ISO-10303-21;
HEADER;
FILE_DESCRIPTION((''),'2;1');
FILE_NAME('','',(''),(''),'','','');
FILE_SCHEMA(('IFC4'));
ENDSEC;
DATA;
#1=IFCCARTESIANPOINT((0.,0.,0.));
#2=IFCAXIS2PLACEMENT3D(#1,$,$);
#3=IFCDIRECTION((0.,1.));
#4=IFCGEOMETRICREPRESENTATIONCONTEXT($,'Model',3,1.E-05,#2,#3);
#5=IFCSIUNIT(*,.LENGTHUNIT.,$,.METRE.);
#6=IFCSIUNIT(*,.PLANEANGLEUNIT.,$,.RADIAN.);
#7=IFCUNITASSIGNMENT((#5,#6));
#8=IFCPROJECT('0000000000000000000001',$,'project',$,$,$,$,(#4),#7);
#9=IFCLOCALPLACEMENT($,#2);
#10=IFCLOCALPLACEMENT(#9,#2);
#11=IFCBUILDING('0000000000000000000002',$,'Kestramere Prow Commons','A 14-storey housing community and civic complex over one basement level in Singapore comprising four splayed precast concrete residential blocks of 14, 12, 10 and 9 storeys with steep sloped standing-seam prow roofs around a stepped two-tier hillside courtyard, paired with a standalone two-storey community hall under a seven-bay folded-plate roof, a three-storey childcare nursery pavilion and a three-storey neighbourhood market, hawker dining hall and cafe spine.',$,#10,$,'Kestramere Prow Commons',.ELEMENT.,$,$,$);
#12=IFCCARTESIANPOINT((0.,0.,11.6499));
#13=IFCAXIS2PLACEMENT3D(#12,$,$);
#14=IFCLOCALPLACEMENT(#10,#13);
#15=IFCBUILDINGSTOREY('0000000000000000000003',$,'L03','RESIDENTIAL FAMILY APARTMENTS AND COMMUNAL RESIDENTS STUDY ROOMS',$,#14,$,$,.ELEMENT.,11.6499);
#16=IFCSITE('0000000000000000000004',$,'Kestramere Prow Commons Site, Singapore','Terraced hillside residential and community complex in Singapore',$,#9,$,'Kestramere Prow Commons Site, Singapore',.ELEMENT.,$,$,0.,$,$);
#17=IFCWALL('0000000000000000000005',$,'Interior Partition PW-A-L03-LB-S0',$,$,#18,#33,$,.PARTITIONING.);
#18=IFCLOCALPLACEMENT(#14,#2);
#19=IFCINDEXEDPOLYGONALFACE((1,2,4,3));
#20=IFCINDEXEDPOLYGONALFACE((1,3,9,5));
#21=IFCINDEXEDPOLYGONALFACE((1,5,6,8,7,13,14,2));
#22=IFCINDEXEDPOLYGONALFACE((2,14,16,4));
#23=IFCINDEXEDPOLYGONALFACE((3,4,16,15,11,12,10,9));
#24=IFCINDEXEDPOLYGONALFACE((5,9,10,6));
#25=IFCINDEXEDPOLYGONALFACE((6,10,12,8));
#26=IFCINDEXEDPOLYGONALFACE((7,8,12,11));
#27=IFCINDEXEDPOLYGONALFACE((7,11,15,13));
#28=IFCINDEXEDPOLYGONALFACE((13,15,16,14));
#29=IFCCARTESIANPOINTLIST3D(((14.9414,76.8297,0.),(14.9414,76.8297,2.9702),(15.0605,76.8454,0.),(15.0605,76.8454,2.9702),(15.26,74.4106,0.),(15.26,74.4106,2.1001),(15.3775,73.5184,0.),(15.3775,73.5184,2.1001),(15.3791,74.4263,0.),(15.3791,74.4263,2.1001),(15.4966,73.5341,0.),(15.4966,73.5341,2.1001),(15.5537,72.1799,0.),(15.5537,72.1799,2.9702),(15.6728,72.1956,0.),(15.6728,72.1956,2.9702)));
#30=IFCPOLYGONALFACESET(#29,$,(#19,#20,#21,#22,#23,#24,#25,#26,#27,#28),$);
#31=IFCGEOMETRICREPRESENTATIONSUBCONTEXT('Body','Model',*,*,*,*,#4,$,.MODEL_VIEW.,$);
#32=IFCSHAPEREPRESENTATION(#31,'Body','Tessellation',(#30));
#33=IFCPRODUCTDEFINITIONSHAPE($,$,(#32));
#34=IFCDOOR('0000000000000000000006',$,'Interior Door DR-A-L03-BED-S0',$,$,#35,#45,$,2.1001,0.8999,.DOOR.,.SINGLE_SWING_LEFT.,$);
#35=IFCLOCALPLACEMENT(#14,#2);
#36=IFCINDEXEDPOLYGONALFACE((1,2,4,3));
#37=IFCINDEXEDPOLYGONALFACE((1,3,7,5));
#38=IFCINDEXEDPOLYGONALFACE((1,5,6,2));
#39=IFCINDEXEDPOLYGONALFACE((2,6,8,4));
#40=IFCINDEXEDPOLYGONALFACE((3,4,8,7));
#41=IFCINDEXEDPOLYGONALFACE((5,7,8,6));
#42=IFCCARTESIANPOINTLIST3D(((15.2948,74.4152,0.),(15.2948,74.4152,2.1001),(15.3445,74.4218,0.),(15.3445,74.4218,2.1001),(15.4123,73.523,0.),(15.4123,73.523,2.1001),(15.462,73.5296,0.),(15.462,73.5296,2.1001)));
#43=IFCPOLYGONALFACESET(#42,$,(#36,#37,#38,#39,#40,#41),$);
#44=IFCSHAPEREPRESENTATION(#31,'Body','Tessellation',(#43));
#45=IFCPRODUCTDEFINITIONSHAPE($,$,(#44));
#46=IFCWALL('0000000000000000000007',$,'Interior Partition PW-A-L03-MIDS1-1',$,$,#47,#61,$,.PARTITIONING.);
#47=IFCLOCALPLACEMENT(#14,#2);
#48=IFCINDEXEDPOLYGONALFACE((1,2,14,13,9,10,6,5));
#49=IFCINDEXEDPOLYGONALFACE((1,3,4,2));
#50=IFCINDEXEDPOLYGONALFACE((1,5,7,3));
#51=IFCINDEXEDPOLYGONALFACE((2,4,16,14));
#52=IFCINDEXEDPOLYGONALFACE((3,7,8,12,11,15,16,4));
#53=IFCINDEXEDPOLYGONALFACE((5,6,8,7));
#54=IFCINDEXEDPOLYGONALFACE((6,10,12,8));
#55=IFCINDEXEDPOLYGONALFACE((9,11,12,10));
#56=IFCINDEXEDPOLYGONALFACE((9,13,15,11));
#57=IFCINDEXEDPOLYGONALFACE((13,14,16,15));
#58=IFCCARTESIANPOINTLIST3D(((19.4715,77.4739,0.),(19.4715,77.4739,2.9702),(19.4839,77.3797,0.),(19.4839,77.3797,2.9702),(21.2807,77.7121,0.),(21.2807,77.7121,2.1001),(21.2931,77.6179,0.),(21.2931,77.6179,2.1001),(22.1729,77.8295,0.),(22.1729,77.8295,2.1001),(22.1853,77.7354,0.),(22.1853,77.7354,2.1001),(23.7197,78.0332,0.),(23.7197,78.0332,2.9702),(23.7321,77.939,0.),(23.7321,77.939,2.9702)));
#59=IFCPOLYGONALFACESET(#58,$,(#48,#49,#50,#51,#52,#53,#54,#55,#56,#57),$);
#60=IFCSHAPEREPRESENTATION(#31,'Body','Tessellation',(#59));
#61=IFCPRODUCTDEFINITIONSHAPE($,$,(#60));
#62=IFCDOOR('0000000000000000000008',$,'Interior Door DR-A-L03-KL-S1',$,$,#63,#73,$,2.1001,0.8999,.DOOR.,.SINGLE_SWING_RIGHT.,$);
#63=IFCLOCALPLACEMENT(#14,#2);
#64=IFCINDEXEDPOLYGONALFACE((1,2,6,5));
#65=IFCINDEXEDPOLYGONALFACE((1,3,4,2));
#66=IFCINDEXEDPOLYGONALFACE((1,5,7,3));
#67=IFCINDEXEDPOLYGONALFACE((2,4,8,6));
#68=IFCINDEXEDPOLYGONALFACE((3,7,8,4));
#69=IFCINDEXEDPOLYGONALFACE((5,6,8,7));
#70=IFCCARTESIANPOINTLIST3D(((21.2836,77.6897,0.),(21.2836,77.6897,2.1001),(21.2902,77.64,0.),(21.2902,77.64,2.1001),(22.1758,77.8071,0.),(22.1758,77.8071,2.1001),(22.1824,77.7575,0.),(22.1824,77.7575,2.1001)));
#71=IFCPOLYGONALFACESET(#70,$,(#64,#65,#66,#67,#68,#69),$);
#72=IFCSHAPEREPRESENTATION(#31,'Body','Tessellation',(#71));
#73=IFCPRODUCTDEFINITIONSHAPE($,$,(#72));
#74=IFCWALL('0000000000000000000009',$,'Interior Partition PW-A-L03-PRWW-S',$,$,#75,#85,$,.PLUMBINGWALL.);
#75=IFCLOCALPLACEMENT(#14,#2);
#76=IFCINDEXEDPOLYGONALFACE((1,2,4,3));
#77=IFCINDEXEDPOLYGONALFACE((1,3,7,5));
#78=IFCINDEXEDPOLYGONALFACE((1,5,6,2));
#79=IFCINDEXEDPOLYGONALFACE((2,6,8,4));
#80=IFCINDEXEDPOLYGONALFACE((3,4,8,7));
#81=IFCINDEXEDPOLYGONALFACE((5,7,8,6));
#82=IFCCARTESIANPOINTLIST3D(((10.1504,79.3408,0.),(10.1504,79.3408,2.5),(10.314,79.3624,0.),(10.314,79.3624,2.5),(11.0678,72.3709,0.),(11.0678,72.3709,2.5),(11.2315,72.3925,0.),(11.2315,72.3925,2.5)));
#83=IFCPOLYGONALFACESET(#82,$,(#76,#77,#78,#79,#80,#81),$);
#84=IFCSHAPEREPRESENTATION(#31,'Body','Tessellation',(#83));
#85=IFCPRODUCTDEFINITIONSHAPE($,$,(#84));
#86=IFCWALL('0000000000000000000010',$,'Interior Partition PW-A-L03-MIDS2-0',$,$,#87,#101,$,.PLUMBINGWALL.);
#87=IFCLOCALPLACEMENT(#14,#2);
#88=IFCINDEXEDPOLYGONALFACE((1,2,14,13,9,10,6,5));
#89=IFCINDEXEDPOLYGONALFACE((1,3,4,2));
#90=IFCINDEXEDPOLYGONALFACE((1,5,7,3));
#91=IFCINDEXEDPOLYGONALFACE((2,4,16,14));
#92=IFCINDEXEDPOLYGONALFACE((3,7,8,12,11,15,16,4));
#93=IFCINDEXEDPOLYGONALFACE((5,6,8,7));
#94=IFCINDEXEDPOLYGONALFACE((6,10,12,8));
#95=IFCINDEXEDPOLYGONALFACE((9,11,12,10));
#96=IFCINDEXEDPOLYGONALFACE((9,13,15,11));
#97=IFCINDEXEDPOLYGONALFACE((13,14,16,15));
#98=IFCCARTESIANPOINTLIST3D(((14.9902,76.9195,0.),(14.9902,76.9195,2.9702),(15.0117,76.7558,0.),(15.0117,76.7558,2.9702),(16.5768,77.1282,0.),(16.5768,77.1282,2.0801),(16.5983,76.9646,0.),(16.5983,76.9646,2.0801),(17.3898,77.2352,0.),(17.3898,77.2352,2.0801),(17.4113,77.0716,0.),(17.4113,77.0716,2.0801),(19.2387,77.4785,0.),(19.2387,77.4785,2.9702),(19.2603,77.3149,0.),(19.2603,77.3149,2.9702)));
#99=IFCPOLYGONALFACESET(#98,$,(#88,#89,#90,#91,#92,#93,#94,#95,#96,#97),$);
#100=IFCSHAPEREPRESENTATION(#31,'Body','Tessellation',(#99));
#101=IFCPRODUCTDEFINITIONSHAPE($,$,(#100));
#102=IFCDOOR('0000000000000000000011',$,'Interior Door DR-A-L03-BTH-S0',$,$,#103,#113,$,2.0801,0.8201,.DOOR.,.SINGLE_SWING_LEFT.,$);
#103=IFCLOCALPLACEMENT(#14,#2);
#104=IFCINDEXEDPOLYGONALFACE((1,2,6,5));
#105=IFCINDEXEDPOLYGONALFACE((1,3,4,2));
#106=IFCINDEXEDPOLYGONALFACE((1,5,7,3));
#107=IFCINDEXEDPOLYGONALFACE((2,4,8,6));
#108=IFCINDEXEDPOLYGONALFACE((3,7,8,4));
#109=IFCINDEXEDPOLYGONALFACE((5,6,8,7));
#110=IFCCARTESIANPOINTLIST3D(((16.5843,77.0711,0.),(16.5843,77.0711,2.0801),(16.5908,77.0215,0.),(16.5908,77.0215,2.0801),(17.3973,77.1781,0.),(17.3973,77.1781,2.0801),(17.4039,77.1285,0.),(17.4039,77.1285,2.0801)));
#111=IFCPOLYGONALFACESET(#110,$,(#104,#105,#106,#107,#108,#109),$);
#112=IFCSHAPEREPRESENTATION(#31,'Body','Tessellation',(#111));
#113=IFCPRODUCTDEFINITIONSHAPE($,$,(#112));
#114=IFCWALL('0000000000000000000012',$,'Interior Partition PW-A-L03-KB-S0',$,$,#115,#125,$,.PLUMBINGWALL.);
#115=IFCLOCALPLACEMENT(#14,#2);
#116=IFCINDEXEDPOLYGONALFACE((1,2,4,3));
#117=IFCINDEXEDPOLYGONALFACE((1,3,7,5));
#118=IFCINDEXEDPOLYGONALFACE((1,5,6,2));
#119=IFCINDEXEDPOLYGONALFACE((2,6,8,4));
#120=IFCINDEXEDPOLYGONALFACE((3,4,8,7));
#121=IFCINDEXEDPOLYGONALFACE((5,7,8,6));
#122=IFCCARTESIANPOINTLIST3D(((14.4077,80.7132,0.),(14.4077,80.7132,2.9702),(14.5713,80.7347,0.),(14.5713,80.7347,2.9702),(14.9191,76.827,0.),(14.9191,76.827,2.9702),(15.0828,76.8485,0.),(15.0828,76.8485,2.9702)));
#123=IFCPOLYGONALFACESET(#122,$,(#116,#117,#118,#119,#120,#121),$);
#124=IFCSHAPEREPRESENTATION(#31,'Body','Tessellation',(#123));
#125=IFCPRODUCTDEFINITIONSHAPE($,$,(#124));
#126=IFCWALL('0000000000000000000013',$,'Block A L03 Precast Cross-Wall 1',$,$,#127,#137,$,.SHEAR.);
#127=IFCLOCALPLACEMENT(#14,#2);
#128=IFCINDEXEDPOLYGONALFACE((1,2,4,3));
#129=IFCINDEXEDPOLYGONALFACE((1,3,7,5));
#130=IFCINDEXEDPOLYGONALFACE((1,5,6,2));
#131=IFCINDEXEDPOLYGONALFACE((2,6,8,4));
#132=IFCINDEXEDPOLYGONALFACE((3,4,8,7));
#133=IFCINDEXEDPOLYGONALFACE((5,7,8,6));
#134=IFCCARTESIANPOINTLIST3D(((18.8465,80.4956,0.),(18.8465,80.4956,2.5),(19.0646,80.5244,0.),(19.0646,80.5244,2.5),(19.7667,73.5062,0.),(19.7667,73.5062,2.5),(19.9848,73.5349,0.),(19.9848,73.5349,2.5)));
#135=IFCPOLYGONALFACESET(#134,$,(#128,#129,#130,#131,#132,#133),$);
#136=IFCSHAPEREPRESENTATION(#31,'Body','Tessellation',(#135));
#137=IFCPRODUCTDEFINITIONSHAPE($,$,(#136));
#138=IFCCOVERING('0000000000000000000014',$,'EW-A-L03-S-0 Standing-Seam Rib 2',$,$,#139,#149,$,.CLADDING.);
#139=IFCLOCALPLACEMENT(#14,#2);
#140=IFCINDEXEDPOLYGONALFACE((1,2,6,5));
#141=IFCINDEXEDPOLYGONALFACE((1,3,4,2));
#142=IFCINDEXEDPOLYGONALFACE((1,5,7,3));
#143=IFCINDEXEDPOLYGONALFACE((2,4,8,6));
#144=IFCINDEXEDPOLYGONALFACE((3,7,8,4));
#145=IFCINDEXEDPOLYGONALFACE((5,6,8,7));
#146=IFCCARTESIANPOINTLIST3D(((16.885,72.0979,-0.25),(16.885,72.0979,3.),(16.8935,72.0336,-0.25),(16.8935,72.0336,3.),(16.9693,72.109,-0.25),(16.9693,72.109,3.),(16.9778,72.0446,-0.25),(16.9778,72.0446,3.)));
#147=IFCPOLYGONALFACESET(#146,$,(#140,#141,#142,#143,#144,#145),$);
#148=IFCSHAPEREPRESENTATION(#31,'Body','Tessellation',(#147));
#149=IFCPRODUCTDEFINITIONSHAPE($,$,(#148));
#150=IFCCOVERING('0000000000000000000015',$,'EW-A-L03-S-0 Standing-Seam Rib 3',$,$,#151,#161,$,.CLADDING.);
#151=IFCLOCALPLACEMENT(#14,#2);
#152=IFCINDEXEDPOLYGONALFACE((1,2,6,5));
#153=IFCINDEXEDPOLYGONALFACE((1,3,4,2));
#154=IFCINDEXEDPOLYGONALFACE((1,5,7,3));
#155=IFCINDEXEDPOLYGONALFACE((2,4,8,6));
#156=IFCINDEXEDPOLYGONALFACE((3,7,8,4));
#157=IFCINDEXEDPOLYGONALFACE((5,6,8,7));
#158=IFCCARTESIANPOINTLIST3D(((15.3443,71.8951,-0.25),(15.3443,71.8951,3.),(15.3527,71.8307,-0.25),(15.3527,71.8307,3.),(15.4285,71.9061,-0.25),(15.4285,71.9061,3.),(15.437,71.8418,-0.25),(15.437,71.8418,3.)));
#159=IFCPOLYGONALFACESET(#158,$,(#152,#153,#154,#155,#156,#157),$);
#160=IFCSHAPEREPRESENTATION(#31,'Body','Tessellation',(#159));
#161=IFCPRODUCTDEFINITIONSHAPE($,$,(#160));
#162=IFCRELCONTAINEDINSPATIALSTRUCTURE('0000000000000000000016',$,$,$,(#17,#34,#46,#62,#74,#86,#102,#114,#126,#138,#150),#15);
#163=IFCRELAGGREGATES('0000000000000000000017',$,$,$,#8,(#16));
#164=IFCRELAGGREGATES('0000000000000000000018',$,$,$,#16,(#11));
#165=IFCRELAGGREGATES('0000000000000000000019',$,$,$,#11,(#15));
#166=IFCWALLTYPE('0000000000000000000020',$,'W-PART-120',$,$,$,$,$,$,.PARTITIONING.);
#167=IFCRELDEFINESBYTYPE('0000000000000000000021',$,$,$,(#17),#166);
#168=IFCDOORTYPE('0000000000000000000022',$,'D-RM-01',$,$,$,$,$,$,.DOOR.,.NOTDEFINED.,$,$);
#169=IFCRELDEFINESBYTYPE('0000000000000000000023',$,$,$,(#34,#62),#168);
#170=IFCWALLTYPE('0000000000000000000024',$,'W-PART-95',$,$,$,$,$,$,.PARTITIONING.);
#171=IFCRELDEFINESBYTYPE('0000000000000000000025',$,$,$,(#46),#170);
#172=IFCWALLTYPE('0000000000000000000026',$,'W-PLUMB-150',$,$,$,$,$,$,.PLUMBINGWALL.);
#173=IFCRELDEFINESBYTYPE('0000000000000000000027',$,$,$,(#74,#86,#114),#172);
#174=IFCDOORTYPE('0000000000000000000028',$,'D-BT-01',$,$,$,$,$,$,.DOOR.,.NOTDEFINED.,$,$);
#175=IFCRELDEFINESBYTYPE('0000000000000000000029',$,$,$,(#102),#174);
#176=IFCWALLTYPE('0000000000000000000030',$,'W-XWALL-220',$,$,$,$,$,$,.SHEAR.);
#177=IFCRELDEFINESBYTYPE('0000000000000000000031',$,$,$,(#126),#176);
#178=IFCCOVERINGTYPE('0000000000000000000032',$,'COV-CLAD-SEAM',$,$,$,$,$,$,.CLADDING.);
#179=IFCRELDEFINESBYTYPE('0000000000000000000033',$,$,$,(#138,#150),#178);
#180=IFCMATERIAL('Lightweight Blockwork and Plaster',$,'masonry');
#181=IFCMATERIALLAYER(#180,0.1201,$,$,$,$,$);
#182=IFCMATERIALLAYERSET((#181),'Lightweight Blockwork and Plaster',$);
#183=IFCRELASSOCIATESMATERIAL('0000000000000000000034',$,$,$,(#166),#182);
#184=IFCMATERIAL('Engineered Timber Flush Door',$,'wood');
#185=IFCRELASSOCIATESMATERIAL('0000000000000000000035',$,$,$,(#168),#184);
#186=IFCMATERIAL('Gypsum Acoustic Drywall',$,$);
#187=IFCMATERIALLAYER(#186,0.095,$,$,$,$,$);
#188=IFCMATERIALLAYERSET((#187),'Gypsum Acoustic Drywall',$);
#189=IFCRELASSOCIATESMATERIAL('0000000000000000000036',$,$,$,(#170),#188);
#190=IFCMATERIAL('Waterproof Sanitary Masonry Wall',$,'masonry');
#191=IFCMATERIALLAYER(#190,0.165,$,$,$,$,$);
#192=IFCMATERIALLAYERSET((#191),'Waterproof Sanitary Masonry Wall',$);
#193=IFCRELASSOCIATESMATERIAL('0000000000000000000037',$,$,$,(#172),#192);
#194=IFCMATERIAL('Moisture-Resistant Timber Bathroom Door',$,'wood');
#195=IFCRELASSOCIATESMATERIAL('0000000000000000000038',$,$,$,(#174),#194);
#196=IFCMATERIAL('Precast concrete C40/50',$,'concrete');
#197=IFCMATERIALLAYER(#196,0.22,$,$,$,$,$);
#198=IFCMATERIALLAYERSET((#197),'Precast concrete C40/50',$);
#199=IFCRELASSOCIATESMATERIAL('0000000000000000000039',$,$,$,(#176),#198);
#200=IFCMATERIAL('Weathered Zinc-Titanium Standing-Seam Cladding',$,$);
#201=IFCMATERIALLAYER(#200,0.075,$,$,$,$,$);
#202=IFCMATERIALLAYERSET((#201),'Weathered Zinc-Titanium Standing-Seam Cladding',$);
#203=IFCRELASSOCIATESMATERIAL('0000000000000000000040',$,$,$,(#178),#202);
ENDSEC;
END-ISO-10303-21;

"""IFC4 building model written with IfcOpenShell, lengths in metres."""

from ifc_helpers import new_model, si_unit, direction, frame, frame_2d, origin, origin_2d, place, context, subcontext, project, spatial, rectangle, extrude, material, layer, layer_set, type_object, element, fill, save


model = new_model("IFC4")

# Units and contexts
model_context = context("Model", 3, precision=1e-05, world=origin(), true_north=direction((0.0, 1.0)))
body_context = subcontext(model_context, "Body", "Model", "MODEL_VIEW")
ifc_project = project(units=[si_unit("LENGTHUNIT", "METRE"), si_unit("PLANEANGLEUNIT", "RADIAN")], contexts=[model_context])

# Site, building, storey
site_placement = place(None, origin())
site = spatial("IfcSite", under=ifc_project, at=site_placement, Name="Kestramere Prow Commons Site, Singapore", Description="Terraced hillside residential and community complex in Singapore", LongName="Kestramere Prow Commons Site, Singapore", CompositionType="ELEMENT", RefElevation=0.0)
building_placement = place(site_placement, origin())
building = spatial("IfcBuilding", under=site, at=building_placement, Name="Kestramere Prow Commons", Description="A 14-storey housing community and civic complex over one basement level in Singapore comprising four splayed precast concrete residential blocks of 14, 12, 10 and 9 storeys with steep sloped standing-seam prow roofs around a stepped two-tier hillside courtyard, paired with a standalone two-storey community hall under a seven-bay folded-plate roof, a three-storey childcare nursery pavilion and a three-storey neighbourhood market, hawker dining hall and cafe spine.", LongName="Kestramere Prow Commons", CompositionType="ELEMENT")
storey_placement = place(building_placement, frame((0.0, 0.0, 11.6499)))
storey = spatial("IfcBuildingStorey", under=building, at=storey_placement, Name="L03", Description="RESIDENTIAL FAMILY APARTMENTS AND COMMUNAL RESIDENTS STUDY ROOMS", CompositionType="ELEMENT", Elevation=11.6499)

# Shared definitions
ifc_material_1 = material(Name="Precast concrete C40/50", Category="concrete")

# Walls, openings, doors
ifc_material_2 = material(Name="Lightweight Blockwork and Plaster", Category="masonry")
ifc_layer_1 = layer(ifc_material_2, 0.1201)
ifc_layer_set_1 = layer_set([ifc_layer_1], Name="Lightweight Blockwork and Plaster")
wall_type_1 = type_object("IfcWallType", Name="W-PART-120", PredefinedType="PARTITIONING", material=ifc_layer_set_1)
wall_1_placement = place(storey_placement, frame((15.6133, 72.1877, 0.0), z_axis=(0.0, 0.0, 1.0), x_axis=(-0.130554, 0.991441, 0.0)))
wall_1 = element("IfcWall", 1, at=wall_1_placement, inside=storey, type_object=wall_type_1, Name="Interior Partition PW-A-L03-LB-S0", PredefinedType="PARTITIONING", context=body_context, shape_type="SweptSolid", body=[
    extrude(rectangle(XDim=4.6899, YDim=0.1201, at=frame_2d((2.345, 0.0))), origin(), (0.0, 0.0, 1.0), 2.9702),
])
opening_1_placement = place(wall_1_placement, frame((1.3501, 0.0, 0.0)))
opening_1 = element("IfcOpeningElement", 2, at=opening_1_placement, cuts=wall_1, PredefinedType="OPENING", context=body_context, shape_type="SweptSolid", body=[
    extrude(rectangle(XDim=0.8999, YDim=2.1001, at=frame_2d((0.45, 1.05))), frame((0.0, 0.075, 0.0), z_axis=(0.0, -1.0, 0.0), x_axis=(1.0, 0.0, 0.0)), (0.0, 0.0, 1.0), 0.1501),
])
ifc_material_3 = material(Name="Engineered Timber Flush Door", Category="wood")
door_type_1 = type_object("IfcDoorType", Name="D-RM-01", OperationType="NOTDEFINED", PredefinedType="DOOR", material=ifc_material_3)
door_1_placement = place(opening_1_placement, origin())
door_1 = element("IfcDoor", 3, at=door_1_placement, inside=storey, type_object=door_type_1, Name="Interior Door DR-A-L03-BED-S0", OperationType="SINGLE_SWING_LEFT", OverallHeight=2.1001, OverallWidth=0.8999, PredefinedType="DOOR", context=body_context, shape_type="SweptSolid", body=[
    extrude(rectangle(XDim=0.8999, YDim=2.1001, at=frame_2d((0.45, 1.05))), frame((0.0, 0.0249, 0.0), z_axis=(0.0, -1.0, 0.0), x_axis=(1.0, 0.0, 0.0)), (0.0, 0.0, 1.0), 0.05),
])
fill(opening_1, door_1)
ifc_material_4 = material(Name="Gypsum Acoustic Drywall")
ifc_layer_2 = layer(ifc_material_4, 0.095)
ifc_layer_set_2 = layer_set([ifc_layer_2], Name="Gypsum Acoustic Drywall")
wall_type_2 = type_object("IfcWallType", Name="W-PART-95", PredefinedType="PARTITIONING", material=ifc_layer_set_2)
wall_2_placement = place(storey_placement, frame((19.4775, 77.4268, 0.0), z_axis=(0.0, 0.0, 1.0), x_axis=(0.991444, 0.130533, 0.0)))
wall_2 = element("IfcWall", 4, at=wall_2_placement, inside=storey, type_object=wall_type_2, Name="Interior Partition PW-A-L03-MIDS1-1", PredefinedType="PARTITIONING", context=body_context, shape_type="SweptSolid", body=[
    extrude(rectangle(XDim=4.2849, YDim=0.095, at=frame_2d((2.1426, 0.0))), origin(), (0.0, 0.0, 1.0), 2.9702),
])
opening_2_placement = place(wall_2_placement, frame((1.825, 0.0, 0.0)))
opening_2 = element("IfcOpeningElement", 5, at=opening_2_placement, cuts=wall_2, PredefinedType="OPENING", context=body_context, shape_type="SweptSolid", body=[
    extrude(rectangle(XDim=0.8999, YDim=2.1001, at=frame_2d((0.45, 1.05))), frame((0.0, 0.0625, 0.0), z_axis=(0.0, -1.0, 0.0), x_axis=(1.0, 0.0, 0.0)), (0.0, 0.0, 1.0), 0.125),
])
door_2_placement = place(opening_2_placement, origin())
door_2 = element("IfcDoor", 6, at=door_2_placement, inside=storey, type_object=door_type_1, Name="Interior Door DR-A-L03-KL-S1", OperationType="SINGLE_SWING_RIGHT", OverallHeight=2.1001, OverallWidth=0.8999, PredefinedType="DOOR", context=body_context, shape_type="SweptSolid", body=[
    extrude(rectangle(XDim=0.8999, YDim=2.1001, at=frame_2d((0.45, 1.05))), frame((0.0, 0.0249, 0.0), z_axis=(0.0, -1.0, 0.0), x_axis=(1.0, 0.0, 0.0)), (0.0, 0.0, 1.0), 0.05),
])
fill(opening_2, door_2)

# Wall
ifc_material_5 = material(Name="Waterproof Sanitary Masonry Wall", Category="masonry")
ifc_layer_3 = layer(ifc_material_5, 0.165)
ifc_layer_set_3 = layer_set([ifc_layer_3], Name="Waterproof Sanitary Masonry Wall")
wall_type_3 = type_object("IfcWallType", Name="W-PLUMB-150", PredefinedType="PLUMBINGWALL", material=ifc_layer_set_3)
wall_3_placement = place(storey_placement, frame((11.1497, 72.3816, 0.0), z_axis=(0.0, 0.0, 1.0), x_axis=(-0.130508, 0.991447, 0.0)))
element("IfcWall", 7, at=wall_3_placement, inside=storey, type_object=wall_type_3, Name="Interior Partition PW-A-L03-PRWW-S", PredefinedType="PLUMBINGWALL", context=body_context, shape_type="SweptSolid", body=[
    extrude(rectangle(XDim=7.03, YDim=0.165, at=frame_2d((3.5151, 0.0))), origin(), (0.0, 0.0, 1.0), 2.5),
])

# Wall, opening, door
wall_4_placement = place(storey_placement, frame((15.001, 76.8376, 0.0), z_axis=(0.0, 0.0, 1.0), x_axis=(0.991452, 0.130469, 0.0)))
wall_4 = element("IfcWall", 8, at=wall_4_placement, inside=storey, type_object=wall_type_3, Name="Interior Partition PW-A-L03-MIDS2-0", PredefinedType="PLUMBINGWALL", context=body_context, shape_type="SweptSolid", body=[
    extrude(rectangle(XDim=4.2852, YDim=0.165, at=frame_2d((2.1426, 0.0))), origin(), (0.0, 0.0, 1.0), 2.9702),
])
opening_3_placement = place(wall_4_placement, frame((1.6001, 0.0, 0.0)))
opening_3 = element("IfcOpeningElement", 9, at=opening_3_placement, cuts=wall_4, PredefinedType="OPENING", context=body_context, shape_type="SweptSolid", body=[
    extrude(rectangle(XDim=0.8201, YDim=2.0801, at=frame_2d((0.4102, 1.04))), frame((0.0, 0.0974, 0.0), z_axis=(0.0, -1.0, 0.0), x_axis=(1.0, 0.0, 0.0)), (0.0, 0.0, 1.0), 0.1951),
])
ifc_material_6 = material(Name="Moisture-Resistant Timber Bathroom Door", Category="wood")
door_type_2 = type_object("IfcDoorType", Name="D-BT-01", OperationType="NOTDEFINED", PredefinedType="DOOR", material=ifc_material_6)
door_3_placement = place(opening_3_placement, origin())
door_3 = element("IfcDoor", 10, at=door_3_placement, inside=storey, type_object=door_type_2, Name="Interior Door DR-A-L03-BTH-S0", OperationType="SINGLE_SWING_LEFT", OverallHeight=2.0801, OverallWidth=0.8201, PredefinedType="DOOR", context=body_context, shape_type="SweptSolid", body=[
    extrude(rectangle(XDim=0.8201, YDim=2.0801, at=frame_2d((0.4102, 1.04))), frame((0.0, 0.0249, 0.0), z_axis=(0.0, -1.0, 0.0), x_axis=(1.0, 0.0, 0.0)), (0.0, 0.0, 1.0), 0.05),
])
fill(opening_3, door_3)

# Walls
wall_5_placement = place(storey_placement, frame((15.001, 76.8376, 0.0), z_axis=(0.0, 0.0, 1.0), x_axis=(-0.130487, 0.99145, 0.0)))
element("IfcWall", 11, at=wall_5_placement, inside=storey, type_object=wall_type_3, Name="Interior Partition PW-A-L03-KB-S0", PredefinedType="PLUMBINGWALL", context=body_context, shape_type="SweptSolid", body=[
    extrude(rectangle(XDim=3.9197, YDim=0.165, at=frame_2d((1.96, 0.0))), origin(), (0.0, 0.0, 1.0), 2.9702),
])
ifc_layer_4 = layer(ifc_material_1, 0.22)
ifc_layer_set_4 = layer_set([ifc_layer_4], Name="Precast concrete C40/50")
wall_type_4 = type_object("IfcWallType", Name="W-XWALL-220", PredefinedType="SHEAR", material=ifc_layer_set_4)
wall_6_placement = place(storey_placement, frame((19.8757, 73.5205, 0.0), z_axis=(0.0, 0.0, 1.0), x_axis=(-0.130523, 0.991445, 0.0)))
element("IfcWall", 12, at=wall_6_placement, inside=storey, type_object=wall_type_4, Name="Block A L03 Precast Cross-Wall 1", PredefinedType="SHEAR", context=body_context, shape_type="SweptSolid", body=[
    extrude(rectangle(XDim=7.0498, YDim=0.22, at=frame_2d((3.5249, 0.0))), origin(), (0.0, 0.0, 1.0), 2.5),
])

# Coverings
ifc_material_7 = material(Name="Weathered Zinc-Titanium Standing-Seam Cladding")
ifc_layer_5 = layer(ifc_material_7, 0.075)
ifc_layer_set_5 = layer_set([ifc_layer_5], Name="Weathered Zinc-Titanium Standing-Seam Cladding")
covering_type = type_object("IfcCoveringType", Name="COV-CLAD-SEAM", PredefinedType="CLADDING", material=ifc_layer_set_5)
for number, where, z_axis, x_axis, name in (
    (13, (16.9314, 72.0713, -0.25), (0.0, 0.0, 1.0), (-0.991445, -0.130526, 0.0), "EW-A-L03-S-0 Standing-Seam Rib 2"),
    (14, (15.3906, 71.8684, -0.25), (0.0, 0.0, 1.0), (-0.991445, -0.130526, 0.0), "EW-A-L03-S-0 Standing-Seam Rib 3"),
):
    element("IfcCovering", number, at=place(storey_placement, frame(where, z_axis=z_axis, x_axis=x_axis)), inside=storey, type_object=covering_type, Name=name, PredefinedType="CLADDING", context=body_context, shape_type="SweptSolid", body=[
        extrude(rectangle(XDim=0.085, YDim=0.0649, at=origin_2d()), origin(), (0.0, 0.0, 1.0), 3.25),
    ])

save(model, "model.ifc")
